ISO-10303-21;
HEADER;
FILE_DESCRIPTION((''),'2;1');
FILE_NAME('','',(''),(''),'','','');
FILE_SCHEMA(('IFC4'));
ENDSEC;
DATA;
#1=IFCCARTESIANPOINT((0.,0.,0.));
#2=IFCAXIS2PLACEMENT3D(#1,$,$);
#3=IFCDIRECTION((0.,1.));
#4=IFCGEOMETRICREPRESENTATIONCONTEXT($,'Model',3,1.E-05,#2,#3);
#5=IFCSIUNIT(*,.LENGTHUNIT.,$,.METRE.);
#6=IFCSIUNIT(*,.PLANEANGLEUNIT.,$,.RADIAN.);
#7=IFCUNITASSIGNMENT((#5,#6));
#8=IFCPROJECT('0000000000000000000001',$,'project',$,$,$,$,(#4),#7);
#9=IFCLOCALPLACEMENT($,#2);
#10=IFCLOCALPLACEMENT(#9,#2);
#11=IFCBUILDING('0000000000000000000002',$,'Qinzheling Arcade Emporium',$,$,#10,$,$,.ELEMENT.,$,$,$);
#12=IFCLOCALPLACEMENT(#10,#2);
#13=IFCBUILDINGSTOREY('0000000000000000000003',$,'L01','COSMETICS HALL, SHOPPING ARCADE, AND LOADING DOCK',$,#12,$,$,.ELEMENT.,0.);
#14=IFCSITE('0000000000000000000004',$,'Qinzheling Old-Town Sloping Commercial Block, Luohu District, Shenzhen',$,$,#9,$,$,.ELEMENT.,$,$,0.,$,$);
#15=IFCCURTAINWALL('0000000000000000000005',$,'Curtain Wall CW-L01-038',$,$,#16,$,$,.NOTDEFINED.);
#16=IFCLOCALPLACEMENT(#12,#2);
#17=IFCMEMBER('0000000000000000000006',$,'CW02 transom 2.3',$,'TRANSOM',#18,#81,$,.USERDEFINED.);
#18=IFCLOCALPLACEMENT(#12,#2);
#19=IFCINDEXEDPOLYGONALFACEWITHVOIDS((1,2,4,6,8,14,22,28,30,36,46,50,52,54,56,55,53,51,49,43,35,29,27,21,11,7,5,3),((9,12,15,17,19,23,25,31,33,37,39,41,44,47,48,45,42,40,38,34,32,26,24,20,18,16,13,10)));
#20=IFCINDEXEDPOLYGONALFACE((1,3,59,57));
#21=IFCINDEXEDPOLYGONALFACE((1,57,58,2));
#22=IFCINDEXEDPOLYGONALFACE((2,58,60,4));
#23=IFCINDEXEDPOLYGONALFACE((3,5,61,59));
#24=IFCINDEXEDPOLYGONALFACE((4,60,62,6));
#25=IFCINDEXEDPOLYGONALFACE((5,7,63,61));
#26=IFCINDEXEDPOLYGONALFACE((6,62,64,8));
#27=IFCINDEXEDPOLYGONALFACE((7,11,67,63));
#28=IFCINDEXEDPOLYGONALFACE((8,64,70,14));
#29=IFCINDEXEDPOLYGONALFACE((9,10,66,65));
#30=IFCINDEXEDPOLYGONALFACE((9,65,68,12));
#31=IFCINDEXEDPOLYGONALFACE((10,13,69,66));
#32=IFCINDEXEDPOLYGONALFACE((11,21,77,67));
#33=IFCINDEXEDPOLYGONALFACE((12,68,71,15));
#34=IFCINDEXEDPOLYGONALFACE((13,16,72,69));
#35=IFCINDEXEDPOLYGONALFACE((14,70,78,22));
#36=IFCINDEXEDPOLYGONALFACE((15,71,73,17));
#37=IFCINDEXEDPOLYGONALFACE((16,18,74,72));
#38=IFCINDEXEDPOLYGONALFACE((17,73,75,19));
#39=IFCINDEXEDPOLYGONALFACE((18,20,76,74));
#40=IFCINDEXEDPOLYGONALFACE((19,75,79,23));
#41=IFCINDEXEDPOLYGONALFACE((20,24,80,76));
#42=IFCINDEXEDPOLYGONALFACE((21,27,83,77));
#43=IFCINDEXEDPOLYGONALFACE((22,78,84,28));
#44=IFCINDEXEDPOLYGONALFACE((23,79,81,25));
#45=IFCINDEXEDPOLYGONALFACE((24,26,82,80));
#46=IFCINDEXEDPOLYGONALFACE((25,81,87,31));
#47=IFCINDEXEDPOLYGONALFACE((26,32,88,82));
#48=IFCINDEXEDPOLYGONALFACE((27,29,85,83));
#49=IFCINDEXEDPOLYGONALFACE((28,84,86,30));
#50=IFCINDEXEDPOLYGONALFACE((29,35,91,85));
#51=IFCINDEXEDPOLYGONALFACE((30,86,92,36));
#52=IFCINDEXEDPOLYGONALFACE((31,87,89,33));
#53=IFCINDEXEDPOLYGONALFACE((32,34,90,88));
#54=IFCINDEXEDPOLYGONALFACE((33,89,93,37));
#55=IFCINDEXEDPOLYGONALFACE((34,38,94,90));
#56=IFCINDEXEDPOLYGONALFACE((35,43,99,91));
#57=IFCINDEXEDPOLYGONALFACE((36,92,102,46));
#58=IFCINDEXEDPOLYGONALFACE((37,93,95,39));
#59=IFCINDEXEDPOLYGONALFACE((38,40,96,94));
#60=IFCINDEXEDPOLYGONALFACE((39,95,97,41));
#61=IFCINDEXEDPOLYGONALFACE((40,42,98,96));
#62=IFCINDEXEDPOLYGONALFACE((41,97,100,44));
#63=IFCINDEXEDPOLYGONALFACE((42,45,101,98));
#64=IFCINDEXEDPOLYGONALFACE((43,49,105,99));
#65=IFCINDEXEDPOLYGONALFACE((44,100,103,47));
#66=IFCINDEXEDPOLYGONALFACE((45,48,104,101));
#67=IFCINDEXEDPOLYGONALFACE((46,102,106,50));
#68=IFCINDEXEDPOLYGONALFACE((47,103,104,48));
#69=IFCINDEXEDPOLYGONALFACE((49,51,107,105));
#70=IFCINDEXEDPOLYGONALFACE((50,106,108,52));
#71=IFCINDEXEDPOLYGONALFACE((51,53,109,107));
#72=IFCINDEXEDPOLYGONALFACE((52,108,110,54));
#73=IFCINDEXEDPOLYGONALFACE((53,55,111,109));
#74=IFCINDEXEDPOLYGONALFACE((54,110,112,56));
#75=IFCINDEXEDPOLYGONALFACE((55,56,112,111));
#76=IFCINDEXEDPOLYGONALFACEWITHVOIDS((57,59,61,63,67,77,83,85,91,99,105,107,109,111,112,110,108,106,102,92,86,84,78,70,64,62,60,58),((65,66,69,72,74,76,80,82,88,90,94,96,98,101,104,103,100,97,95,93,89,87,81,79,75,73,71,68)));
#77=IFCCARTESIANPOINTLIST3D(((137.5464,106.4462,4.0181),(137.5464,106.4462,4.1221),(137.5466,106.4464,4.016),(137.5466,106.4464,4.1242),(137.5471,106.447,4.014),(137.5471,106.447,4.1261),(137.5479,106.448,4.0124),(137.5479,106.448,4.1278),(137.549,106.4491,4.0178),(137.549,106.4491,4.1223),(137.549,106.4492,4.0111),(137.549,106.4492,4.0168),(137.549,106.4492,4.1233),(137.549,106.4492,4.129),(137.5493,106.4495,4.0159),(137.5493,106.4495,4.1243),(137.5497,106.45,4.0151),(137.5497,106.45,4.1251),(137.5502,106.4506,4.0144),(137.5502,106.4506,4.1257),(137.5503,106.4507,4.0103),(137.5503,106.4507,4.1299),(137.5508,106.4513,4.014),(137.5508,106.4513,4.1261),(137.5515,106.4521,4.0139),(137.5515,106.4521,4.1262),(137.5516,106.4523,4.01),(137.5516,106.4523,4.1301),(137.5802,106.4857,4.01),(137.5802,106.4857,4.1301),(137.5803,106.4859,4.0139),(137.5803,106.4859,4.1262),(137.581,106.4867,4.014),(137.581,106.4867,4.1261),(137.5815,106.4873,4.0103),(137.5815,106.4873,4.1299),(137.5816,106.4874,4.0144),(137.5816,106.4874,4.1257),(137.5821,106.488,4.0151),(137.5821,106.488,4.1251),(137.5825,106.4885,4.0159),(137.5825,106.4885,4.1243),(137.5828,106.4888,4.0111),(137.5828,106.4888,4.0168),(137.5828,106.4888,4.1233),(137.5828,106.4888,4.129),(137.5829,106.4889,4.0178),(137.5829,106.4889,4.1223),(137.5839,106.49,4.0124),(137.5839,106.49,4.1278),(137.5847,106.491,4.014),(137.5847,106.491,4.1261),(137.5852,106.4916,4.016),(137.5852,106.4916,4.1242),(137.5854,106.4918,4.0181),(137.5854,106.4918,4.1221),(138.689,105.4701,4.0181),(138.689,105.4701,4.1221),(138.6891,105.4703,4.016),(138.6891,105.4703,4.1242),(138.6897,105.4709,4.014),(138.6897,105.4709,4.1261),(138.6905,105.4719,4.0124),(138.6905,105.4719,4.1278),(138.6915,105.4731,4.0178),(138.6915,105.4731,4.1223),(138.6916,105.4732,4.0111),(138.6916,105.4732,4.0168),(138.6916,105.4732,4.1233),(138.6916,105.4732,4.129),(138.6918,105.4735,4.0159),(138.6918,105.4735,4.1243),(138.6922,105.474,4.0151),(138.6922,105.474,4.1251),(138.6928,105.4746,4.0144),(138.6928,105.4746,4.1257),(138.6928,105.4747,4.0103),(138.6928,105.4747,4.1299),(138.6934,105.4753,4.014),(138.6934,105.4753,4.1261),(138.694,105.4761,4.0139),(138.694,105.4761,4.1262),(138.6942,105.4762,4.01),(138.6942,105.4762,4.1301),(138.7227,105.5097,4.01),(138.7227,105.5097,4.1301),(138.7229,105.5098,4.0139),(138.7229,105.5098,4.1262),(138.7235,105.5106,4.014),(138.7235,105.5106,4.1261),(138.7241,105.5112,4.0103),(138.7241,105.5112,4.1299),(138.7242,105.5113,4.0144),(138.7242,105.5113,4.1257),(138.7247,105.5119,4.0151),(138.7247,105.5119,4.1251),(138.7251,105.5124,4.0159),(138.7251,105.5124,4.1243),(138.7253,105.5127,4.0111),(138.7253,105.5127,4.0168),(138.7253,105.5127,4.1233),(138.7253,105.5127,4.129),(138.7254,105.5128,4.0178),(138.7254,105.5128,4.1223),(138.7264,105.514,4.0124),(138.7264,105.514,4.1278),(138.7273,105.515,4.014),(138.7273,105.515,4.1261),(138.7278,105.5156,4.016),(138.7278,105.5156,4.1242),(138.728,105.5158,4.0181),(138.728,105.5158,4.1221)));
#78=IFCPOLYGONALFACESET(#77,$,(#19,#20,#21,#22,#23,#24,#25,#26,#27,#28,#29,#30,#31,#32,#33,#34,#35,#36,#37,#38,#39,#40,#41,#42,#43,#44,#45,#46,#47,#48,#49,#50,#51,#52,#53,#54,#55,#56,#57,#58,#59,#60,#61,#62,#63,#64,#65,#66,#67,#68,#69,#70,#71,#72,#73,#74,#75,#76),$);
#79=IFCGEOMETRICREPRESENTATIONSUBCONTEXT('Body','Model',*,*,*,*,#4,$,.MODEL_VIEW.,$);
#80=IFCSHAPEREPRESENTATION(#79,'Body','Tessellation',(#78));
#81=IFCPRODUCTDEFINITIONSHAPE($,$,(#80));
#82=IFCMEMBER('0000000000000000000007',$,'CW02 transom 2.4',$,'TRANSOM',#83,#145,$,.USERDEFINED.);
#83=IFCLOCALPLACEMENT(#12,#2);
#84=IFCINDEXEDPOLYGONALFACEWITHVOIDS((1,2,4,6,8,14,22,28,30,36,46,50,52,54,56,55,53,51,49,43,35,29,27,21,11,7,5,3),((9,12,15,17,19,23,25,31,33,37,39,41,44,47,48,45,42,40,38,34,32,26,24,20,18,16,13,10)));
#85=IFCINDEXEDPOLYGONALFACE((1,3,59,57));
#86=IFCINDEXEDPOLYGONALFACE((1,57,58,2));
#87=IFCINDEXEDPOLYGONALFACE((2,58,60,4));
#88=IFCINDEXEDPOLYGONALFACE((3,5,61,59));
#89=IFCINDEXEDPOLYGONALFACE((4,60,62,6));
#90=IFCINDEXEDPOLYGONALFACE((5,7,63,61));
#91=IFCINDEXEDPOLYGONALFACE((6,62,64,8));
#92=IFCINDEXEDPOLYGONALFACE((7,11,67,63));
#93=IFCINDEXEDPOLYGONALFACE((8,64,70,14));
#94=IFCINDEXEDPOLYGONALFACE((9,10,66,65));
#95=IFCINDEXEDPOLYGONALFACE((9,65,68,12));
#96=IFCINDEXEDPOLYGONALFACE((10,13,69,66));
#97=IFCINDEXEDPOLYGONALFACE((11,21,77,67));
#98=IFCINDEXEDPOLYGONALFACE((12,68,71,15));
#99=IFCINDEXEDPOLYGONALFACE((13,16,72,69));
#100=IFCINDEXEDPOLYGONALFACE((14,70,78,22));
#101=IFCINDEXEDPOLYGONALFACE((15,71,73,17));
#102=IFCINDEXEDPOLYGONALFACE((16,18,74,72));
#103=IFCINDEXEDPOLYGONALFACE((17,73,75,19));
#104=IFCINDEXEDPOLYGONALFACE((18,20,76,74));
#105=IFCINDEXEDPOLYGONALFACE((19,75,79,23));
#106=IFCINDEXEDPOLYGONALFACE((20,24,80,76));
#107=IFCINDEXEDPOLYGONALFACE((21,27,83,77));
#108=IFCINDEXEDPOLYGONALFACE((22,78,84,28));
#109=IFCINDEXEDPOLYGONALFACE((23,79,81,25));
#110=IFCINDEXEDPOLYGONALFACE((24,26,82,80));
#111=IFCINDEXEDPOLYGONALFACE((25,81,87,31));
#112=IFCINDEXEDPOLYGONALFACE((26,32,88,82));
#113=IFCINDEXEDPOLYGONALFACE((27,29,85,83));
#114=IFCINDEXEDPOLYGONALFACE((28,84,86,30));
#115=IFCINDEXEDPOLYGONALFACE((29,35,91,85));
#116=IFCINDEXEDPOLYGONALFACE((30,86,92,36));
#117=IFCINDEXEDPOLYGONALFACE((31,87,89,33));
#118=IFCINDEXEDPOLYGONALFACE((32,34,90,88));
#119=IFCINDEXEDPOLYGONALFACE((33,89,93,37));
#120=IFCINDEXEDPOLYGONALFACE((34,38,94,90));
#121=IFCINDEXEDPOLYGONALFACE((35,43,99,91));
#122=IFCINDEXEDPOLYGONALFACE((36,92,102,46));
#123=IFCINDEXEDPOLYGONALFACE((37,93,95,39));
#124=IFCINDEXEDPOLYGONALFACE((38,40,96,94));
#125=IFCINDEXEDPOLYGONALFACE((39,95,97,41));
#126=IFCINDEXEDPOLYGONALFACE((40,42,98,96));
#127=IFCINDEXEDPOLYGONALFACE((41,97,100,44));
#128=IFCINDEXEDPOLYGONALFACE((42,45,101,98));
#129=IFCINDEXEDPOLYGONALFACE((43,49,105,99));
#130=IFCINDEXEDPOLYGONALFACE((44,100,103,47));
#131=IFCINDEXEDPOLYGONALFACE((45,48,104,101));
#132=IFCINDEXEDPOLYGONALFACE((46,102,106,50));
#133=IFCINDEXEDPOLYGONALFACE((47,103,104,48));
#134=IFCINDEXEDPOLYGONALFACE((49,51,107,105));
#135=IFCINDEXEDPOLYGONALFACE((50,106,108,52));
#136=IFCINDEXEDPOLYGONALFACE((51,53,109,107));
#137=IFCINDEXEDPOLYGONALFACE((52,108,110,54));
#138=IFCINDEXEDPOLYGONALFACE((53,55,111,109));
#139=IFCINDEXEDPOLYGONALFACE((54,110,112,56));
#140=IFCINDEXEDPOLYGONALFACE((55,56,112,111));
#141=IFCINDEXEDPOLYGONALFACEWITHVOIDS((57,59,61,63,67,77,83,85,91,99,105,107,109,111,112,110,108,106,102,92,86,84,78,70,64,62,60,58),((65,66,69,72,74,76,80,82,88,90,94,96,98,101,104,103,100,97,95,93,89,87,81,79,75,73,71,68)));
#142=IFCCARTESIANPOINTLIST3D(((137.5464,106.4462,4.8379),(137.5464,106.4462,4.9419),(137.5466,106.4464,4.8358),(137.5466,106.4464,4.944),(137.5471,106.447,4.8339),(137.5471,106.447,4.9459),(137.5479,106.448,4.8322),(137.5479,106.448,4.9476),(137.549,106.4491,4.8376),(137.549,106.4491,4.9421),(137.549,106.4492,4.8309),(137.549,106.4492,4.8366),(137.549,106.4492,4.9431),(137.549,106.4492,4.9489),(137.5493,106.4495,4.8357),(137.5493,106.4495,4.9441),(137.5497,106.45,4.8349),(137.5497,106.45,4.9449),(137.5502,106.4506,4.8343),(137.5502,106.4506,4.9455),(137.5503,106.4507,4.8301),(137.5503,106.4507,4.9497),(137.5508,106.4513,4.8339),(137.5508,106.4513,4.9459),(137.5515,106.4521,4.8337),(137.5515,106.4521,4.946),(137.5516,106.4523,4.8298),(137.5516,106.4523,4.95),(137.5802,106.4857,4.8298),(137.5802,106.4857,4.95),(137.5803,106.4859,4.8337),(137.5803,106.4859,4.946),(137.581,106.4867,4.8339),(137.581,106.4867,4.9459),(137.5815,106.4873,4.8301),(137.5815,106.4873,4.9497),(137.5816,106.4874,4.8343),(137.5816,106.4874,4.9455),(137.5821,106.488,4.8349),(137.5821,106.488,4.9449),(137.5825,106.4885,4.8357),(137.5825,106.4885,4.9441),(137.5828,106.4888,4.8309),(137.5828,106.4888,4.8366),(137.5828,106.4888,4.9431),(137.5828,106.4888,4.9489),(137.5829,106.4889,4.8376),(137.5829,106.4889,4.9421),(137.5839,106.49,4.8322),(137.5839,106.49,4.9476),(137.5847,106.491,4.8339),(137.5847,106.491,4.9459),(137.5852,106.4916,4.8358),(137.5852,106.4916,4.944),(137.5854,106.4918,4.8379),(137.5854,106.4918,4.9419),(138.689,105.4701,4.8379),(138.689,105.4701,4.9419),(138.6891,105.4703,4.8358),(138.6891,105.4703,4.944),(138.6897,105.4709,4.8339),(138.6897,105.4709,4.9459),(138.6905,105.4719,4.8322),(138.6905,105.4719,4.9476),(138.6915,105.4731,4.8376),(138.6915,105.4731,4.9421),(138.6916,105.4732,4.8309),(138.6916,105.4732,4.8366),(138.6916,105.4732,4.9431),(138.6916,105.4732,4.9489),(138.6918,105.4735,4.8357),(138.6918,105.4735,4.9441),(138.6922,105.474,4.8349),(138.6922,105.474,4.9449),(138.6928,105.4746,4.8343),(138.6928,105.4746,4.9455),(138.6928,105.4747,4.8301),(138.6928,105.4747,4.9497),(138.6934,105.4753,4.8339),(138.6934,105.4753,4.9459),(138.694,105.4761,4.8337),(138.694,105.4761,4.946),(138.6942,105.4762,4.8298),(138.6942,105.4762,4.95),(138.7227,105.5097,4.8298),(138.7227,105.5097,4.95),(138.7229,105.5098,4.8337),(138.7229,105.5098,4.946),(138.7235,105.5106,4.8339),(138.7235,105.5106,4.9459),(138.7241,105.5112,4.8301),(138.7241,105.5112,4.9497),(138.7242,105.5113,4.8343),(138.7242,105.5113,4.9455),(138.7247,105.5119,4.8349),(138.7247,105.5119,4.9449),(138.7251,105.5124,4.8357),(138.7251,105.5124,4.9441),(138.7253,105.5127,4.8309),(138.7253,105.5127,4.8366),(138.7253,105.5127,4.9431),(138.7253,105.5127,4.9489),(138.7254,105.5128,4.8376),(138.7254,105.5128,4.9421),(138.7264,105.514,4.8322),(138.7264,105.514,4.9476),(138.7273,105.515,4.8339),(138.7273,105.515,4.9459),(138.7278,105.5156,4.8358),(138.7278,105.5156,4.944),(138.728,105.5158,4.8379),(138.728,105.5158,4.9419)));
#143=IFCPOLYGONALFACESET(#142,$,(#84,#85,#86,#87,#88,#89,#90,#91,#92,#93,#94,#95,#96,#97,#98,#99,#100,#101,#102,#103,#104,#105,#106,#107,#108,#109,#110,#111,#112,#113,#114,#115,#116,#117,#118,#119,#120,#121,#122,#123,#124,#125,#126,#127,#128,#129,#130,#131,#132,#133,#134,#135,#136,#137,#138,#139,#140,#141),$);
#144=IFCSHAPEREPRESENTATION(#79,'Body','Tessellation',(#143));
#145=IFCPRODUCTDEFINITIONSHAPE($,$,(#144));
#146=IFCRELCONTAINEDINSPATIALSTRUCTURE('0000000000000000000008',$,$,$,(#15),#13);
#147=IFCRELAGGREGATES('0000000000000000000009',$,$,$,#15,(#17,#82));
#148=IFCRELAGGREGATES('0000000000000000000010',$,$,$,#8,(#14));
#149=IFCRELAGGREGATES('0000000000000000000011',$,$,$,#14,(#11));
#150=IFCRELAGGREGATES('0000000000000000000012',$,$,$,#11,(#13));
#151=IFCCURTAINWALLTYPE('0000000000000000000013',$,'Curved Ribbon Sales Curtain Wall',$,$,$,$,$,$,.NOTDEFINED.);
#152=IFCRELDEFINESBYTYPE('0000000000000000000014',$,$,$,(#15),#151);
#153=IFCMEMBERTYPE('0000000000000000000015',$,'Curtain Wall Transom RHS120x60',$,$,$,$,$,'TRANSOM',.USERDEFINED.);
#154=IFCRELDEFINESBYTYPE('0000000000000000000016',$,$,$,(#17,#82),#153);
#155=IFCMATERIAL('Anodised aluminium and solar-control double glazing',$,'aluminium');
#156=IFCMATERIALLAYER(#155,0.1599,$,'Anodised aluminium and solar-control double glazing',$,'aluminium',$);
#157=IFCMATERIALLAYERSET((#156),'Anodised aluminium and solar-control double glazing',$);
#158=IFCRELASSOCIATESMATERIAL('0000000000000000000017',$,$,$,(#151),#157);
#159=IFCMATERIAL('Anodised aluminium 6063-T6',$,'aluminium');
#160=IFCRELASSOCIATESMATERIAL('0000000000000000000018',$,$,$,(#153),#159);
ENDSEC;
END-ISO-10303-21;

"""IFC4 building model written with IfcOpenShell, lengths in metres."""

from ifc_helpers import new_model, si_unit, direction, frame, origin, origin_2d, place, context, subcontext, project, spatial, hollow_rectangle, extrude, material, layer, layer_set, material_profile, profile_set, type_object, element, aggregate, save


model = new_model("IFC4")

# Units and contexts
model_context = context("Model", 3, precision=1e-05, world=origin(), true_north=direction((0.0, 1.0)))
body_context = subcontext(model_context, "Body", "Model", "MODEL_VIEW")
ifc_project = project(units=[si_unit("LENGTHUNIT", "METRE"), si_unit("PLANEANGLEUNIT", "RADIAN")], contexts=[model_context])

# Site, building, storey
site_placement = place(None, origin())
site = spatial("IfcSite", under=ifc_project, at=site_placement, Name="Qinzheling Old-Town Sloping Commercial Block, Luohu District, Shenzhen", CompositionType="ELEMENT", RefElevation=0.0)
building_placement = place(site_placement, origin())
building = spatial("IfcBuilding", under=site, at=building_placement, Name="Qinzheling Arcade Emporium", CompositionType="ELEMENT")
storey_placement = place(building_placement, origin())
storey = spatial("IfcBuildingStorey", under=building, at=storey_placement, Name="L01", Description="COSMETICS HALL, SHOPPING ARCADE, AND LOADING DOCK", CompositionType="ELEMENT", Elevation=0.0)

# Curtain wall
ifc_material_1 = material(Name="Anodised aluminium and solar-control double glazing", Category="aluminium")
ifc_layer_1 = layer(ifc_material_1, 0.1599, Name="Anodised aluminium and solar-control double glazing", Category="aluminium")
ifc_layer_set_1 = layer_set([ifc_layer_1], Name="Anodised aluminium and solar-control double glazing")
curtain_wall_type = type_object("IfcCurtainWallType", Name="Curved Ribbon Sales Curtain Wall", PredefinedType="NOTDEFINED", material=ifc_layer_set_1)
curtain_wall_1_placement = place(storey_placement, origin())
curtain_wall_1 = element("IfcCurtainWall", 1, at=curtain_wall_1_placement, inside=storey, type_object=curtain_wall_type, Name="Curtain Wall CW-L01-038", PredefinedType="NOTDEFINED")
ifc_material_2 = material(Name="Anodised aluminium 6063-T6", Category="aluminium")

# Members
ifc_material_profile_1 = material_profile(ifc_material_2, hollow_rectangle(XDim=0.0601, YDim=0.1201, WallThickness=0.0039, InnerFilletRadius=0.0039, OuterFilletRadius=0.0081, at=origin_2d()), Name="RHS 120x60x4", Category="aluminium")
ifc_profile_set_1 = profile_set([ifc_material_profile_1], Name="Anodised aluminium 6063-T6")
member_type_1 = type_object("IfcMemberType", Name="Curtain Wall Transom RHS120x60", ElementType="TRANSOM", PredefinedType="USERDEFINED", material=ifc_profile_set_1)
member_1_placement = place(storey_placement, frame((137.5659, 106.469, 4.0701), z_axis=(0.760334, -0.649533, 0.0), x_axis=(0.649533, 0.760334, 0.0)))
member_1 = element("IfcMember", 2, at=member_1_placement, type_object=member_type_1, Name="CW02 transom 2.3", ObjectType="TRANSOM", PredefinedType="USERDEFINED", context=body_context, shape_type="SweptSolid", body=[
    extrude(hollow_rectangle(XDim=0.0601, YDim=0.1201, WallThickness=0.0039, InnerFilletRadius=0.0039, OuterFilletRadius=0.0081, at=origin_2d()), origin(), (0.0, 0.0, 1.0), 1.5027),
])
member_2_placement = place(storey_placement, frame((137.5659, 106.469, 4.8899), z_axis=(0.760334, -0.649533, 0.0), x_axis=(0.649533, 0.760334, 0.0)))
member_2 = element("IfcMember", 3, at=member_2_placement, type_object=member_type_1, Name="CW02 transom 2.4", ObjectType="TRANSOM", PredefinedType="USERDEFINED", context=body_context, shape_type="SweptSolid", body=[
    extrude(hollow_rectangle(XDim=0.0601, YDim=0.1201, WallThickness=0.0039, InnerFilletRadius=0.0039, OuterFilletRadius=0.0081, at=origin_2d()), origin(), (0.0, 0.0, 1.0), 1.5027),
])

aggregate(curtain_wall_1, [member_1, member_2])

save(model, "model.ifc")
